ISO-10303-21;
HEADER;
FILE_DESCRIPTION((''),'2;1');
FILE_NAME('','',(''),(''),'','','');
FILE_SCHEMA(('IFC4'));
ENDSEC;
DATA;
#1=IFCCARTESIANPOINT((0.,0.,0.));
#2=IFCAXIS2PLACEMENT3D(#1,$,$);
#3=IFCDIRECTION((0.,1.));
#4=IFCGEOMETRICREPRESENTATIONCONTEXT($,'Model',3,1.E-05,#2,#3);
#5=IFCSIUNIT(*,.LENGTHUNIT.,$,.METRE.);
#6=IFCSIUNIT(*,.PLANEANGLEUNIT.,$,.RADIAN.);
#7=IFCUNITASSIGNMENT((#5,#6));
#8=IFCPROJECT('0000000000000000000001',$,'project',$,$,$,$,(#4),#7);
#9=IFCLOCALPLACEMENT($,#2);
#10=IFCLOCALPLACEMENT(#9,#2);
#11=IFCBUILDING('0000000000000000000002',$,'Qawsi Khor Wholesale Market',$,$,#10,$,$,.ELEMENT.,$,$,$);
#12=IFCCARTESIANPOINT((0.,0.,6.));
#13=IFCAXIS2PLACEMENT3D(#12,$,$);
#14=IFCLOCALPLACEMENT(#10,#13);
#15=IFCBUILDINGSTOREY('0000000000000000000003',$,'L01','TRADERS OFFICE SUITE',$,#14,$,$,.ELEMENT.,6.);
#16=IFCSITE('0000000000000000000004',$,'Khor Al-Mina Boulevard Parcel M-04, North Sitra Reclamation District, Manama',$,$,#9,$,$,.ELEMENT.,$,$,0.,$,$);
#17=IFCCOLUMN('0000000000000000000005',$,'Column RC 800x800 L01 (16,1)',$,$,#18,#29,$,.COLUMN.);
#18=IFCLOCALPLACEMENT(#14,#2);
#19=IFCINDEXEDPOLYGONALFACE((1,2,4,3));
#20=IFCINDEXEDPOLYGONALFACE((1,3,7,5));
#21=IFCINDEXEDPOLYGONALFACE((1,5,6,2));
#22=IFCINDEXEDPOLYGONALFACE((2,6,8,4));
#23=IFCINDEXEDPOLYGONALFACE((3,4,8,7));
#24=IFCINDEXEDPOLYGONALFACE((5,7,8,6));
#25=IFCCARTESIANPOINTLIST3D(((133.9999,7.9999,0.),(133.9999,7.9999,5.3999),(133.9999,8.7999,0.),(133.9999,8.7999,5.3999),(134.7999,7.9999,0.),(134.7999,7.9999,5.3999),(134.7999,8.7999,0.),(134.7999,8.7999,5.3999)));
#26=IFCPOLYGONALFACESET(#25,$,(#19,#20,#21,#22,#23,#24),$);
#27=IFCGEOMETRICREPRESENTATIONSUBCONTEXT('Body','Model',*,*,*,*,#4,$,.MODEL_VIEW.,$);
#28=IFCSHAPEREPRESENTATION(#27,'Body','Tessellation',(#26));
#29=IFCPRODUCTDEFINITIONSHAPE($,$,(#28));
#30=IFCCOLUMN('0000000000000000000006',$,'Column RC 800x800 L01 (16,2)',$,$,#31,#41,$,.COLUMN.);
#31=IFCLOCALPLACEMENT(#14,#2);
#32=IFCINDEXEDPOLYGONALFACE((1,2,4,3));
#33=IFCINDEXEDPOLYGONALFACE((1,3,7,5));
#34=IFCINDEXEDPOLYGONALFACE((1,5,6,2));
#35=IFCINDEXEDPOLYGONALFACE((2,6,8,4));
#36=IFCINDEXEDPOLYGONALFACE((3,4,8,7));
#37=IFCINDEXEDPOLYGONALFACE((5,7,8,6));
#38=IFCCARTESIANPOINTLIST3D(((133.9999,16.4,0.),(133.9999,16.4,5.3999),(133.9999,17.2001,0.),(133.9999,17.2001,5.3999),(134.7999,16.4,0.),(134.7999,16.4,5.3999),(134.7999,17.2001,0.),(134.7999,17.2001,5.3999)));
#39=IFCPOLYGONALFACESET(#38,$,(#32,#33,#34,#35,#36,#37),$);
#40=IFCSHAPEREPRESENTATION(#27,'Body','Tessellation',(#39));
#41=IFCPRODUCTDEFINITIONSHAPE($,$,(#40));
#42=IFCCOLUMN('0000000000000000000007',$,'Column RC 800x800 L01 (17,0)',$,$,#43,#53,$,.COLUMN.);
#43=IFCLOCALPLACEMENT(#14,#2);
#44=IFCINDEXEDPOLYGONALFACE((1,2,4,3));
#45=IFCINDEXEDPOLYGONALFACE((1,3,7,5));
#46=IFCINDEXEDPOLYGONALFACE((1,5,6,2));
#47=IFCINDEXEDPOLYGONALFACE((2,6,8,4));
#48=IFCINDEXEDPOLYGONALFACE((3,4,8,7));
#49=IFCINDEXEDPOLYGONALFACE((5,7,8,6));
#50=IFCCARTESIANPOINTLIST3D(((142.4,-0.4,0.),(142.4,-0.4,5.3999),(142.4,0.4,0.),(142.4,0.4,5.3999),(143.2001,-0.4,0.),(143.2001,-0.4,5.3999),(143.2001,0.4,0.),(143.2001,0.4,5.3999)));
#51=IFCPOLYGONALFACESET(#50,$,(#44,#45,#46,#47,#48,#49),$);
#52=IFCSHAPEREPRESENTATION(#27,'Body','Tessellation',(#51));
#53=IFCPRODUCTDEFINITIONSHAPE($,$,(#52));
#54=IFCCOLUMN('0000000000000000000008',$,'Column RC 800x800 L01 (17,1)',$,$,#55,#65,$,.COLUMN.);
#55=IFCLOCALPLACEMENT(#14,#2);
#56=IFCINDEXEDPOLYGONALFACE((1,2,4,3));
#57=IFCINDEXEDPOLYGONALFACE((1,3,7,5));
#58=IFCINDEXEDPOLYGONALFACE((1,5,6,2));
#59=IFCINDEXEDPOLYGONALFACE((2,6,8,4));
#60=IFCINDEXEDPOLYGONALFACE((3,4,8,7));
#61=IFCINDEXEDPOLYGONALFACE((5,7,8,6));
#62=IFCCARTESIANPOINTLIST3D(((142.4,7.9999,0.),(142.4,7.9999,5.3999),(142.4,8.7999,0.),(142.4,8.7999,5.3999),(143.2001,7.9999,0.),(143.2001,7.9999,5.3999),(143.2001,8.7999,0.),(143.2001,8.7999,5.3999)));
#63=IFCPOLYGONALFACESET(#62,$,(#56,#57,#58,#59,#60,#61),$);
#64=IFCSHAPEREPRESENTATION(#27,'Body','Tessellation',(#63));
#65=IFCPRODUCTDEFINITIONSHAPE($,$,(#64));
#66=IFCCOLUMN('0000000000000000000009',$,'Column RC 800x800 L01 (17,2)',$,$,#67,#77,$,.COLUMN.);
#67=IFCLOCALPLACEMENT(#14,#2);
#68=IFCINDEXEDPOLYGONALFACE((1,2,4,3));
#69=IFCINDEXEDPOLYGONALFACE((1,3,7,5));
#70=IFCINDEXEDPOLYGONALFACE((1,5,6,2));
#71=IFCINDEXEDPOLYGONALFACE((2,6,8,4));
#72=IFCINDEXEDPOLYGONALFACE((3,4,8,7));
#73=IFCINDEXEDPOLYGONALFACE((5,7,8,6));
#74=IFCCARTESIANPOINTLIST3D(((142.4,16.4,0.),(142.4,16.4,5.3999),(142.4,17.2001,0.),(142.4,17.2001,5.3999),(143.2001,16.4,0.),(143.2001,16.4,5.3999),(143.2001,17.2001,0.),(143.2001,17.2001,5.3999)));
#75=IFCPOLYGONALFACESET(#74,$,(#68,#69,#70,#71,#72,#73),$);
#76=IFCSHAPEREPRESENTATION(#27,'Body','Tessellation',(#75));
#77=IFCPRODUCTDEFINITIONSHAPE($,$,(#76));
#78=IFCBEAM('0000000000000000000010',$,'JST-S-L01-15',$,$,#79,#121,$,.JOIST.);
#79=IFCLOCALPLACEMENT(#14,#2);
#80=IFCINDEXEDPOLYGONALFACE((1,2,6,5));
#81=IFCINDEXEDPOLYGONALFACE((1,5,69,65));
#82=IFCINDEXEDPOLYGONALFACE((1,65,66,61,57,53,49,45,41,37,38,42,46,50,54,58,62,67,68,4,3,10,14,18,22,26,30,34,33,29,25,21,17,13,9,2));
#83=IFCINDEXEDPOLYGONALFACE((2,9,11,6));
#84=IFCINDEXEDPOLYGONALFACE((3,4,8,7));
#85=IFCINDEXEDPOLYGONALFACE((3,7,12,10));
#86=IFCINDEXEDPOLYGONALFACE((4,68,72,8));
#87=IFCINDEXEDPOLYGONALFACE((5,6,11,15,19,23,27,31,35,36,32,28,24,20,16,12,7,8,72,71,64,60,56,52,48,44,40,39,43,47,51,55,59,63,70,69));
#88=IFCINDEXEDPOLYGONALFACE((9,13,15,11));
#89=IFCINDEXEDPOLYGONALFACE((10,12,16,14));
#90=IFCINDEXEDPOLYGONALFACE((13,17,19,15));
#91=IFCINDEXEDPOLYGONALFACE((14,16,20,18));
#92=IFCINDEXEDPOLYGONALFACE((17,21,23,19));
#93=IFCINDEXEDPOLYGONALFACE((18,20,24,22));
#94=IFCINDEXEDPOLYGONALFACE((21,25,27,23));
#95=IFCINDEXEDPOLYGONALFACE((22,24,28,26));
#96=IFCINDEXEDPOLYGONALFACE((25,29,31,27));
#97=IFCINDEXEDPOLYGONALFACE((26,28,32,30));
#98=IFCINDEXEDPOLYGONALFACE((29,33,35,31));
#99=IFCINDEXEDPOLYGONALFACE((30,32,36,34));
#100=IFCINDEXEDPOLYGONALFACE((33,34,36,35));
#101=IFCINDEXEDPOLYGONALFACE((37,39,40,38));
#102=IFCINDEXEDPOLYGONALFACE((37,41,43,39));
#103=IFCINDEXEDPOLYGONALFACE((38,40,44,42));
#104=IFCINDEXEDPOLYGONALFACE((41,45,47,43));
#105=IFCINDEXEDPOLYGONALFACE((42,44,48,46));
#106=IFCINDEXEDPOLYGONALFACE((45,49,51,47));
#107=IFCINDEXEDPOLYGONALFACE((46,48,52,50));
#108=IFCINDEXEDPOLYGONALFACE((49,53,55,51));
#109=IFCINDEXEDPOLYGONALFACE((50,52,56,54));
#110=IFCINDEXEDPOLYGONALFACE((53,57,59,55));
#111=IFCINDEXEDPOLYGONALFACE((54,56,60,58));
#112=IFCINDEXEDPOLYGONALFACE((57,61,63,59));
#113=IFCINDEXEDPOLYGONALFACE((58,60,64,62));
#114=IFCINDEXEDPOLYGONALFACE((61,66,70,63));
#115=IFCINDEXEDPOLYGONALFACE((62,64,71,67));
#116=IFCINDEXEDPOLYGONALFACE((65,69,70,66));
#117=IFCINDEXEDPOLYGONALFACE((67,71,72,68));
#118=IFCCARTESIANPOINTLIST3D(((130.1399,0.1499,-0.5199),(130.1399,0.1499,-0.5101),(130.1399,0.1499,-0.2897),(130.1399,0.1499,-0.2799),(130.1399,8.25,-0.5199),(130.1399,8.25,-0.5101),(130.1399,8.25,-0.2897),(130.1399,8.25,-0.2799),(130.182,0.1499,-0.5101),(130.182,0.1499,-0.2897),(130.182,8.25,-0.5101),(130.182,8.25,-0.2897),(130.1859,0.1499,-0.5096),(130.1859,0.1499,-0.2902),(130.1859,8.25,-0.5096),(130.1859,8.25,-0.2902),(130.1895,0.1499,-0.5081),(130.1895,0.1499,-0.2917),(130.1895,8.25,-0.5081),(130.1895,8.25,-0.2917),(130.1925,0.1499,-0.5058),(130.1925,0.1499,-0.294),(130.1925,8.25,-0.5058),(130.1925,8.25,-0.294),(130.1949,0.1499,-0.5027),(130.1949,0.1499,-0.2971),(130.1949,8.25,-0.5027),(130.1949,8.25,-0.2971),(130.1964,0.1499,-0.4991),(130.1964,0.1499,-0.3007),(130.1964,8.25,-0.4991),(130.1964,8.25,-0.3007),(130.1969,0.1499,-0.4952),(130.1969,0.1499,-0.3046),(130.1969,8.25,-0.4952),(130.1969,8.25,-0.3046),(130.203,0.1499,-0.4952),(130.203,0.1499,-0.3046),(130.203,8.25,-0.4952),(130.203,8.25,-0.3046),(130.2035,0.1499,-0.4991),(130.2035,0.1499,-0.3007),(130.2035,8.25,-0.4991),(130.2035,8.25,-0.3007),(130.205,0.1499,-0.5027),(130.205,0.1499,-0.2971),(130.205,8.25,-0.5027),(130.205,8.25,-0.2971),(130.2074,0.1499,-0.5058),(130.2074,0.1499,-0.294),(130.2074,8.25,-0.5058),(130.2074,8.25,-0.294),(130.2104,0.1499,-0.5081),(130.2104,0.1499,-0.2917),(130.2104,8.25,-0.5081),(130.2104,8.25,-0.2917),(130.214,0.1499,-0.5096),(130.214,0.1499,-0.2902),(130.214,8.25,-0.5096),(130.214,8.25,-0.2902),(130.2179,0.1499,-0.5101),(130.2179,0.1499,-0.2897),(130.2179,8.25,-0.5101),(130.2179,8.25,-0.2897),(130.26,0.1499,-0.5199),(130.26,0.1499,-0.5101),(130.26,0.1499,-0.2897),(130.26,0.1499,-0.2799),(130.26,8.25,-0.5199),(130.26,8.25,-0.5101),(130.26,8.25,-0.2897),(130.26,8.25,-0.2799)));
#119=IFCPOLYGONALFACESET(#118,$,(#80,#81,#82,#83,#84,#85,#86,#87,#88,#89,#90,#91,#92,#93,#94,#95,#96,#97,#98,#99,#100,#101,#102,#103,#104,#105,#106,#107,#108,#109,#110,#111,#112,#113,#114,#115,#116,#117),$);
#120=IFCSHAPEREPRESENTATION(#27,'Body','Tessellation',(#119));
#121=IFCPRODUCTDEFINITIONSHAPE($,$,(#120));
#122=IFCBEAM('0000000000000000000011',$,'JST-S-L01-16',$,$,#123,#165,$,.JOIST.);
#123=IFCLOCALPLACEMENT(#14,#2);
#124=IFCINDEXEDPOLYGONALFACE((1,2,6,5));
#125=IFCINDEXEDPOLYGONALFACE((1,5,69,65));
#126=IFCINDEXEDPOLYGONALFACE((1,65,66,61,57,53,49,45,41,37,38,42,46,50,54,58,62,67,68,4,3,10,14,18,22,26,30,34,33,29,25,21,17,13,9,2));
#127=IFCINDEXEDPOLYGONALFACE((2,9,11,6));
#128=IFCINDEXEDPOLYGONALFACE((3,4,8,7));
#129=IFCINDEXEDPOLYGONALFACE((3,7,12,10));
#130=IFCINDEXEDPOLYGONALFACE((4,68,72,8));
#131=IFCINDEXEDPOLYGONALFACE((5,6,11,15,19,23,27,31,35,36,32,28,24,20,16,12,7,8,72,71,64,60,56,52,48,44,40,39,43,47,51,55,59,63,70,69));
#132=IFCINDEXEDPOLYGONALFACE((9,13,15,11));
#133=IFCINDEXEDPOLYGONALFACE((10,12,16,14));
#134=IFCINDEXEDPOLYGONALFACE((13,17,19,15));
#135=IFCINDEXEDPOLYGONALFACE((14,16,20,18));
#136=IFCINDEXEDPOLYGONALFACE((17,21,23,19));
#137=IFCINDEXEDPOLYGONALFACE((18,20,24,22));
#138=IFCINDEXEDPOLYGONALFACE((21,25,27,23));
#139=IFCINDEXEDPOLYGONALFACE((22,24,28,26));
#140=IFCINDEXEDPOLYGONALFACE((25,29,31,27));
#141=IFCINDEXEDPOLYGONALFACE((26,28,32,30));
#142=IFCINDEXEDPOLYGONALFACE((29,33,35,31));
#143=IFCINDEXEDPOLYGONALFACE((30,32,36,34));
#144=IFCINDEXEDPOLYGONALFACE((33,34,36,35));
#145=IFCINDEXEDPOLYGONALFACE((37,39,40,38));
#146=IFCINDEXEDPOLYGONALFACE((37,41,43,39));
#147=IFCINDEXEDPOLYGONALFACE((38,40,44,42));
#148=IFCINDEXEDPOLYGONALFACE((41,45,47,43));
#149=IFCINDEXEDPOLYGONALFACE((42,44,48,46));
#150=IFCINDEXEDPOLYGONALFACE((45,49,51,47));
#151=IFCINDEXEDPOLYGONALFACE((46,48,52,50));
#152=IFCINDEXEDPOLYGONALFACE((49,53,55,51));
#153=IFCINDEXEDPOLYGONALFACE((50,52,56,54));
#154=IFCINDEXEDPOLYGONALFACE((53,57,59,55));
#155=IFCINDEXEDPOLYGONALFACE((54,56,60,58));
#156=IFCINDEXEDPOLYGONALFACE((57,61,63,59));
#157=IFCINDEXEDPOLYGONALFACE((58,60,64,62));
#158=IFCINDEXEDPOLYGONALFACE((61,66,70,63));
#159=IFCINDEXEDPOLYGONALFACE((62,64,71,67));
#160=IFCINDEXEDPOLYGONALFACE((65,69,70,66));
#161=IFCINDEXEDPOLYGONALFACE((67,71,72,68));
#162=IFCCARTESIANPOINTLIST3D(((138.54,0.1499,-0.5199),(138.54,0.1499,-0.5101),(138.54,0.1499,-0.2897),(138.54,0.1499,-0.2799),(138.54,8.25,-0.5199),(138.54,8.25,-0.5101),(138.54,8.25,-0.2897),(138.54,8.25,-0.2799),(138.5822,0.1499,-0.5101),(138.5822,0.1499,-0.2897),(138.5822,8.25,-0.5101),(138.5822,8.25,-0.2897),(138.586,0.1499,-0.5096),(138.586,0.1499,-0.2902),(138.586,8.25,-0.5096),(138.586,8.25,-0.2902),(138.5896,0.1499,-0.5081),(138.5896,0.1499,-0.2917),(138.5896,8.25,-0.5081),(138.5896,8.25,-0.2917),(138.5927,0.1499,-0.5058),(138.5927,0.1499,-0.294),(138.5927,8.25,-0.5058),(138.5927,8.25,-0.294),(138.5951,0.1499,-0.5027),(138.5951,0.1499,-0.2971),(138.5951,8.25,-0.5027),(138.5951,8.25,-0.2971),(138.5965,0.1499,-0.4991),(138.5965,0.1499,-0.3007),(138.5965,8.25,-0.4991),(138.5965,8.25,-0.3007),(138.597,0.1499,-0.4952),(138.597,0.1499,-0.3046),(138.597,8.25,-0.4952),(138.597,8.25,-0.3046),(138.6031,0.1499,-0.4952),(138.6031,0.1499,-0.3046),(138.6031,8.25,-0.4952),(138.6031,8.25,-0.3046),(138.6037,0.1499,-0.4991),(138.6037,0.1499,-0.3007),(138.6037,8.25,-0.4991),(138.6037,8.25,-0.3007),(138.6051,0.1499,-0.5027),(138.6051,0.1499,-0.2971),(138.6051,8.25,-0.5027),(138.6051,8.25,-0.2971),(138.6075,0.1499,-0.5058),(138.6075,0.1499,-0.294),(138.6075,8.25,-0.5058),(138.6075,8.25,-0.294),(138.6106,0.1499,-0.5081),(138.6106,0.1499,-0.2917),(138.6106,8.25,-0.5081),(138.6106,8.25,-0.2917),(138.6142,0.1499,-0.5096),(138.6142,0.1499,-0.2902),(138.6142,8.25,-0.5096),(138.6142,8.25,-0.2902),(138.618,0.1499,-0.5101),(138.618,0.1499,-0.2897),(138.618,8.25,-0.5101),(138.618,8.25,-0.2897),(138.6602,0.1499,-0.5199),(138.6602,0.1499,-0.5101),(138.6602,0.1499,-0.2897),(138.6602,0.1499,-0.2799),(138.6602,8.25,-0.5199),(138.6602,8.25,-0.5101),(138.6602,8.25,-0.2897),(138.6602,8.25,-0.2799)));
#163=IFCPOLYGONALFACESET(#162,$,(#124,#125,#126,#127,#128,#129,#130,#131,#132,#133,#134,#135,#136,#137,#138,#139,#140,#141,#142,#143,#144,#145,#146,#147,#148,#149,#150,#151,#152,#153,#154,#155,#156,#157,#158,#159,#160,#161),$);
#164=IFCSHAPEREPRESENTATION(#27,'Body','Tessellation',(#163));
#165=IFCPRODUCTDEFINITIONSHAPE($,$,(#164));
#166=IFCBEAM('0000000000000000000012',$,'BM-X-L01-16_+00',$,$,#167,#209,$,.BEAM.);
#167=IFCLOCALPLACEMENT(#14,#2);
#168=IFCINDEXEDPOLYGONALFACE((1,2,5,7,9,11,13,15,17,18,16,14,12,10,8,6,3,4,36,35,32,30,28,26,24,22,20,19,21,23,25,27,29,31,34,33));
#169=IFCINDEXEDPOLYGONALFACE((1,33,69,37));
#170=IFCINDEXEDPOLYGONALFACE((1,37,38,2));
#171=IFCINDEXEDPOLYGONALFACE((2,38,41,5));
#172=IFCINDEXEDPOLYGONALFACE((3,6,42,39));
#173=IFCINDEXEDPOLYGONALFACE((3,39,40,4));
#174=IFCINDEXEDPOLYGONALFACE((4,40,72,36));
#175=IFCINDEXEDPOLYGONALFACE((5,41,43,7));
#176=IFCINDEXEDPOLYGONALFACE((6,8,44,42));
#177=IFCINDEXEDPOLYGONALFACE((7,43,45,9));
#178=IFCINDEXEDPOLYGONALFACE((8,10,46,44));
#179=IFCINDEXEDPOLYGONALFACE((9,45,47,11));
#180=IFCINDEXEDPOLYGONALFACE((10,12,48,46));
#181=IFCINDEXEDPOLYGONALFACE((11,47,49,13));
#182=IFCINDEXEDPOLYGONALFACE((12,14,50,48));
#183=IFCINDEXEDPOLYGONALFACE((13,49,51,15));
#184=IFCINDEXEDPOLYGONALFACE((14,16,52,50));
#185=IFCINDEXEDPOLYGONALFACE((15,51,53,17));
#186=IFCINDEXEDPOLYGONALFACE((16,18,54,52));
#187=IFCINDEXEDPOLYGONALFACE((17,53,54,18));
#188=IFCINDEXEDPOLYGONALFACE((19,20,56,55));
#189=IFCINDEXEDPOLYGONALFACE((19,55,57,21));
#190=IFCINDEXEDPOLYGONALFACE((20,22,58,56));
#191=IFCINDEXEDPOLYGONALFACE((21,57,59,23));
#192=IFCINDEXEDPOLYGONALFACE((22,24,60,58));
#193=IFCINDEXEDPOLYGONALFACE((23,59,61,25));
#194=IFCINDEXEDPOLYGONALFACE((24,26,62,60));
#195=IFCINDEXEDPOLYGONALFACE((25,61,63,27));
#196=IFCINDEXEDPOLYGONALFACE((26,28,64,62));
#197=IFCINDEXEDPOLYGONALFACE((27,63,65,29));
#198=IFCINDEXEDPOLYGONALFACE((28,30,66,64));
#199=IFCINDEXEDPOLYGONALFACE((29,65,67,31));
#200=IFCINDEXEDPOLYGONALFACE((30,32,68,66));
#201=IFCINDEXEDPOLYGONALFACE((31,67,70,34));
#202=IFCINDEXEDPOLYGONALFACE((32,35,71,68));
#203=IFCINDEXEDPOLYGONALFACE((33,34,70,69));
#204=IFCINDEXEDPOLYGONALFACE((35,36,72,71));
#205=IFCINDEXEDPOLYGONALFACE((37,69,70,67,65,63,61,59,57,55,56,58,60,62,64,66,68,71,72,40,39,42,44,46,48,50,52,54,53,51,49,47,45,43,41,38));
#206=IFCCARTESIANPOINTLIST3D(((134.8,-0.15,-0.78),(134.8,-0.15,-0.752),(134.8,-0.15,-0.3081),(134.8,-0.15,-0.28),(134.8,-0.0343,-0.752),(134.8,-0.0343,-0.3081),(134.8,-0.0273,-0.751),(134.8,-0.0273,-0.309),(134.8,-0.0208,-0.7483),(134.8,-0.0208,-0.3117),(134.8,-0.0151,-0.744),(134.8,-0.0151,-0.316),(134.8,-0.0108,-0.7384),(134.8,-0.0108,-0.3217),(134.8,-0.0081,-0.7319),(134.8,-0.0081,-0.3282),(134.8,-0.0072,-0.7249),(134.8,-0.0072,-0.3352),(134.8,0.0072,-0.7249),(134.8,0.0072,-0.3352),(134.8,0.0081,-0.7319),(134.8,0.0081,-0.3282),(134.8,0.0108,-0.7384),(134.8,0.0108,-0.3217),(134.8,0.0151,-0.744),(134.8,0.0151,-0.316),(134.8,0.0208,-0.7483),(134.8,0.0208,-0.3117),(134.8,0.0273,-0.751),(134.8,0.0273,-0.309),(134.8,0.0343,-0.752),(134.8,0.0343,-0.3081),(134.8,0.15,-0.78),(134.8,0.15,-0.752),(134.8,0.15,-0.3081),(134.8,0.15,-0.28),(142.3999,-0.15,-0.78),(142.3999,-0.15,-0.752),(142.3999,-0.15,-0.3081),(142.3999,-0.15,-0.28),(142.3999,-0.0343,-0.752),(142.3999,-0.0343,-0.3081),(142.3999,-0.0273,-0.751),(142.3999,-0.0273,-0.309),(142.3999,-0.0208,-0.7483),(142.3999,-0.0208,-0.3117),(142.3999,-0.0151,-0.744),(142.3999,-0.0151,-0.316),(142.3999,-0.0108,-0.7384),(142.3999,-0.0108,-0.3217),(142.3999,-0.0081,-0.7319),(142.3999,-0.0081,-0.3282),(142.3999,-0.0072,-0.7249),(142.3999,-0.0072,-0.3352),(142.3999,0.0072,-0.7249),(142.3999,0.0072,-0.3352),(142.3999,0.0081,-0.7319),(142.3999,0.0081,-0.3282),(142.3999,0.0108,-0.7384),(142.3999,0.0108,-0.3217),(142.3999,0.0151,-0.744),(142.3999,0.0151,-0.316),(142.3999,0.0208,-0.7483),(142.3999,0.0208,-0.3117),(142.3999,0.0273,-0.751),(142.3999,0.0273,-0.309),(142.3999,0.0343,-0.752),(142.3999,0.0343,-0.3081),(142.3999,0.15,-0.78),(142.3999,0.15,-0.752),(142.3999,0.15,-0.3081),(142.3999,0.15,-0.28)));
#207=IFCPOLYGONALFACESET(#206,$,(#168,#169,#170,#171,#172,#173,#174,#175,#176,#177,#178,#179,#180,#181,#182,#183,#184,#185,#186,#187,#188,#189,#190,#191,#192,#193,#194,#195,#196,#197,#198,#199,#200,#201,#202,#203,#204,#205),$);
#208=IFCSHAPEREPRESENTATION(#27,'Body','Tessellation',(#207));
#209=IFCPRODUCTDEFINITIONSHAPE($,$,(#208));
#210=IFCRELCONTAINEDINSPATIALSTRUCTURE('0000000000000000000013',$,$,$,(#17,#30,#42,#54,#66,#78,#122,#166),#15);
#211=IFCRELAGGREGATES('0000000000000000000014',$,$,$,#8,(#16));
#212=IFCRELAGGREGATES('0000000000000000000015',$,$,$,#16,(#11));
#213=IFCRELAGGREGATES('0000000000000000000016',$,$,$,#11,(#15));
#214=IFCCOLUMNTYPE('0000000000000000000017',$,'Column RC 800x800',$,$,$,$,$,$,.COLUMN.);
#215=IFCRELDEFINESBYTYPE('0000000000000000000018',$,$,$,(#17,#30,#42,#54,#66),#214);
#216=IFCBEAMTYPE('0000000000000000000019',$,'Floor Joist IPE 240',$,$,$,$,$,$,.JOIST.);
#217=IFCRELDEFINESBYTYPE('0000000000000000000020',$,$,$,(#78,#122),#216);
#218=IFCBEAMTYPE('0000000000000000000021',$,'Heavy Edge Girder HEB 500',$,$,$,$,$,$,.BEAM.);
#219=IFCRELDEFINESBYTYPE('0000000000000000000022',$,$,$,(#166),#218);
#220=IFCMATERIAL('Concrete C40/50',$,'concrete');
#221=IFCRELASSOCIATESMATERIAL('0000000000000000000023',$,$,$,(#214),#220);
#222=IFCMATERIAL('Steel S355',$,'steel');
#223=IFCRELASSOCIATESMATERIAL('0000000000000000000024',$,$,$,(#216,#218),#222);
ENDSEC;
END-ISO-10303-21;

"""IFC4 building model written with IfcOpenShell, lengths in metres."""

from ifc_helpers import new_model, si_unit, direction, frame, origin, origin_2d, place, context, subcontext, project, spatial, rectangle, i_section, extrude, material, material_profile, profile_set, type_object, element, save


model = new_model("IFC4")

# Units and contexts
model_context = context("Model", 3, precision=1e-05, world=origin(), true_north=direction((0.0, 1.0)))
body_context = subcontext(model_context, "Body", "Model", "MODEL_VIEW")
ifc_project = project(units=[si_unit("LENGTHUNIT", "METRE"), si_unit("PLANEANGLEUNIT", "RADIAN")], contexts=[model_context])

# Site, building, storey
site_placement = place(None, origin())
site = spatial("IfcSite", under=ifc_project, at=site_placement, Name="Khor Al-Mina Boulevard Parcel M-04, North Sitra Reclamation District, Manama", CompositionType="ELEMENT", RefElevation=0.0)
building_placement = place(site_placement, origin())
building = spatial("IfcBuilding", under=site, at=building_placement, Name="Qawsi Khor Wholesale Market", CompositionType="ELEMENT")
storey_placement = place(building_placement, frame((0.0, 0.0, 6.0)))
storey = spatial("IfcBuildingStorey", under=building, at=storey_placement, Name="L01", Description="TRADERS OFFICE SUITE", CompositionType="ELEMENT", Elevation=6.0)

# Columns
ifc_material_1 = material(Name="Concrete C40/50", Category="concrete")
ifc_material_profile_1 = material_profile(ifc_material_1, rectangle(XDim=0.8, YDim=0.8, at=origin_2d()), Name="RC 800x800")
ifc_profile_set_1 = profile_set([ifc_material_profile_1], Name="Concrete C40/50")
column_type = type_object("IfcColumnType", Name="Column RC 800x800", PredefinedType="COLUMN", material=ifc_profile_set_1)
for number, where, z_axis, x_axis, name in (
    (1, (134.3999, 8.3999, 0.0), (0.0, 0.0, 1.0), (1.0, 0.0, 0.0), "Column RC 800x800 L01 (16,1)"),
    (2, (134.3999, 16.8, 0.0), (0.0, 0.0, 1.0), (1.0, 0.0, 0.0), "Column RC 800x800 L01 (16,2)"),
    (3, (142.8, 0.0, 0.0), (0.0, 0.0, 1.0), (1.0, 0.0, 0.0), "Column RC 800x800 L01 (17,0)"),
    (4, (142.8, 8.3999, 0.0), (0.0, 0.0, 1.0), (1.0, 0.0, 0.0), "Column RC 800x800 L01 (17,1)"),
    (5, (142.8, 16.8, 0.0), (0.0, 0.0, 1.0), (1.0, 0.0, 0.0), "Column RC 800x800 L01 (17,2)"),
):
    element("IfcColumn", number, at=place(storey_placement, frame(where, z_axis=z_axis, x_axis=x_axis)), inside=storey, type_object=column_type, Name=name, PredefinedType="COLUMN", context=body_context, shape_type="SweptSolid", body=[
        extrude(rectangle(XDim=0.8, YDim=0.8, at=origin_2d()), origin(), (0.0, 0.0, 1.0), 5.3999),
    ])

# Beams
ifc_material_2 = material(Name="Steel S355", Category="steel")
ifc_material_profile_2 = material_profile(ifc_material_2, i_section(OverallWidth=0.1201, OverallDepth=0.24, WebThickness=0.0061, FlangeThickness=0.0098, FilletRadius=0.0149, at=origin_2d()), Name="IPE 240")
ifc_profile_set_2 = profile_set([ifc_material_profile_2], Name="Steel S355")
beam_type_1 = type_object("IfcBeamType", Name="Floor Joist IPE 240", PredefinedType="JOIST", material=ifc_profile_set_2)
for number, where, z_axis, x_axis, name in (
    (6, (130.2, 0.1499, -0.3999), (0.0, 1.0, 0.0), (-1.0, 0.0, 0.0), "JST-S-L01-15"),
    (7, (138.6001, 0.1499, -0.3999), (0.0, 1.0, 0.0), (-1.0, 0.0, 0.0), "JST-S-L01-16"),
):
    element("IfcBeam", number, at=place(storey_placement, frame(where, z_axis=z_axis, x_axis=x_axis)), inside=storey, type_object=beam_type_1, Name=name, PredefinedType="JOIST", context=body_context, shape_type="SweptSolid", body=[
        extrude(i_section(OverallWidth=0.1201, OverallDepth=0.24, WebThickness=0.0061, FlangeThickness=0.0098, FilletRadius=0.0149, at=origin_2d()), origin(), (0.0, 0.0, 1.0), 8.1001),
    ])
ifc_material_profile_3 = material_profile(ifc_material_2, i_section(OverallWidth=0.3, OverallDepth=0.5, WebThickness=0.0144, FlangeThickness=0.0281, FilletRadius=0.0271, at=origin_2d()), Name="HEB 500")
ifc_profile_set_3 = profile_set([ifc_material_profile_3], Name="Steel S355")
beam_type_2 = type_object("IfcBeamType", Name="Heavy Edge Girder HEB 500", PredefinedType="BEAM", material=ifc_profile_set_3)
beam_1_placement = place(storey_placement, frame((134.8, 0.0, -0.53), z_axis=(1.0, 0.0, 0.0), x_axis=(0.0, 1.0, 0.0)))
element("IfcBeam", 8, at=beam_1_placement, inside=storey, type_object=beam_type_2, Name="BM-X-L01-16_+00", PredefinedType="BEAM", context=body_context, shape_type="SweptSolid", body=[
    extrude(i_section(OverallWidth=0.3, OverallDepth=0.5, WebThickness=0.0144, FlangeThickness=0.0281, FilletRadius=0.0271, at=origin_2d()), origin(), (0.0, 0.0, 1.0), 7.5999),
])

save(model, "model.ifc")
